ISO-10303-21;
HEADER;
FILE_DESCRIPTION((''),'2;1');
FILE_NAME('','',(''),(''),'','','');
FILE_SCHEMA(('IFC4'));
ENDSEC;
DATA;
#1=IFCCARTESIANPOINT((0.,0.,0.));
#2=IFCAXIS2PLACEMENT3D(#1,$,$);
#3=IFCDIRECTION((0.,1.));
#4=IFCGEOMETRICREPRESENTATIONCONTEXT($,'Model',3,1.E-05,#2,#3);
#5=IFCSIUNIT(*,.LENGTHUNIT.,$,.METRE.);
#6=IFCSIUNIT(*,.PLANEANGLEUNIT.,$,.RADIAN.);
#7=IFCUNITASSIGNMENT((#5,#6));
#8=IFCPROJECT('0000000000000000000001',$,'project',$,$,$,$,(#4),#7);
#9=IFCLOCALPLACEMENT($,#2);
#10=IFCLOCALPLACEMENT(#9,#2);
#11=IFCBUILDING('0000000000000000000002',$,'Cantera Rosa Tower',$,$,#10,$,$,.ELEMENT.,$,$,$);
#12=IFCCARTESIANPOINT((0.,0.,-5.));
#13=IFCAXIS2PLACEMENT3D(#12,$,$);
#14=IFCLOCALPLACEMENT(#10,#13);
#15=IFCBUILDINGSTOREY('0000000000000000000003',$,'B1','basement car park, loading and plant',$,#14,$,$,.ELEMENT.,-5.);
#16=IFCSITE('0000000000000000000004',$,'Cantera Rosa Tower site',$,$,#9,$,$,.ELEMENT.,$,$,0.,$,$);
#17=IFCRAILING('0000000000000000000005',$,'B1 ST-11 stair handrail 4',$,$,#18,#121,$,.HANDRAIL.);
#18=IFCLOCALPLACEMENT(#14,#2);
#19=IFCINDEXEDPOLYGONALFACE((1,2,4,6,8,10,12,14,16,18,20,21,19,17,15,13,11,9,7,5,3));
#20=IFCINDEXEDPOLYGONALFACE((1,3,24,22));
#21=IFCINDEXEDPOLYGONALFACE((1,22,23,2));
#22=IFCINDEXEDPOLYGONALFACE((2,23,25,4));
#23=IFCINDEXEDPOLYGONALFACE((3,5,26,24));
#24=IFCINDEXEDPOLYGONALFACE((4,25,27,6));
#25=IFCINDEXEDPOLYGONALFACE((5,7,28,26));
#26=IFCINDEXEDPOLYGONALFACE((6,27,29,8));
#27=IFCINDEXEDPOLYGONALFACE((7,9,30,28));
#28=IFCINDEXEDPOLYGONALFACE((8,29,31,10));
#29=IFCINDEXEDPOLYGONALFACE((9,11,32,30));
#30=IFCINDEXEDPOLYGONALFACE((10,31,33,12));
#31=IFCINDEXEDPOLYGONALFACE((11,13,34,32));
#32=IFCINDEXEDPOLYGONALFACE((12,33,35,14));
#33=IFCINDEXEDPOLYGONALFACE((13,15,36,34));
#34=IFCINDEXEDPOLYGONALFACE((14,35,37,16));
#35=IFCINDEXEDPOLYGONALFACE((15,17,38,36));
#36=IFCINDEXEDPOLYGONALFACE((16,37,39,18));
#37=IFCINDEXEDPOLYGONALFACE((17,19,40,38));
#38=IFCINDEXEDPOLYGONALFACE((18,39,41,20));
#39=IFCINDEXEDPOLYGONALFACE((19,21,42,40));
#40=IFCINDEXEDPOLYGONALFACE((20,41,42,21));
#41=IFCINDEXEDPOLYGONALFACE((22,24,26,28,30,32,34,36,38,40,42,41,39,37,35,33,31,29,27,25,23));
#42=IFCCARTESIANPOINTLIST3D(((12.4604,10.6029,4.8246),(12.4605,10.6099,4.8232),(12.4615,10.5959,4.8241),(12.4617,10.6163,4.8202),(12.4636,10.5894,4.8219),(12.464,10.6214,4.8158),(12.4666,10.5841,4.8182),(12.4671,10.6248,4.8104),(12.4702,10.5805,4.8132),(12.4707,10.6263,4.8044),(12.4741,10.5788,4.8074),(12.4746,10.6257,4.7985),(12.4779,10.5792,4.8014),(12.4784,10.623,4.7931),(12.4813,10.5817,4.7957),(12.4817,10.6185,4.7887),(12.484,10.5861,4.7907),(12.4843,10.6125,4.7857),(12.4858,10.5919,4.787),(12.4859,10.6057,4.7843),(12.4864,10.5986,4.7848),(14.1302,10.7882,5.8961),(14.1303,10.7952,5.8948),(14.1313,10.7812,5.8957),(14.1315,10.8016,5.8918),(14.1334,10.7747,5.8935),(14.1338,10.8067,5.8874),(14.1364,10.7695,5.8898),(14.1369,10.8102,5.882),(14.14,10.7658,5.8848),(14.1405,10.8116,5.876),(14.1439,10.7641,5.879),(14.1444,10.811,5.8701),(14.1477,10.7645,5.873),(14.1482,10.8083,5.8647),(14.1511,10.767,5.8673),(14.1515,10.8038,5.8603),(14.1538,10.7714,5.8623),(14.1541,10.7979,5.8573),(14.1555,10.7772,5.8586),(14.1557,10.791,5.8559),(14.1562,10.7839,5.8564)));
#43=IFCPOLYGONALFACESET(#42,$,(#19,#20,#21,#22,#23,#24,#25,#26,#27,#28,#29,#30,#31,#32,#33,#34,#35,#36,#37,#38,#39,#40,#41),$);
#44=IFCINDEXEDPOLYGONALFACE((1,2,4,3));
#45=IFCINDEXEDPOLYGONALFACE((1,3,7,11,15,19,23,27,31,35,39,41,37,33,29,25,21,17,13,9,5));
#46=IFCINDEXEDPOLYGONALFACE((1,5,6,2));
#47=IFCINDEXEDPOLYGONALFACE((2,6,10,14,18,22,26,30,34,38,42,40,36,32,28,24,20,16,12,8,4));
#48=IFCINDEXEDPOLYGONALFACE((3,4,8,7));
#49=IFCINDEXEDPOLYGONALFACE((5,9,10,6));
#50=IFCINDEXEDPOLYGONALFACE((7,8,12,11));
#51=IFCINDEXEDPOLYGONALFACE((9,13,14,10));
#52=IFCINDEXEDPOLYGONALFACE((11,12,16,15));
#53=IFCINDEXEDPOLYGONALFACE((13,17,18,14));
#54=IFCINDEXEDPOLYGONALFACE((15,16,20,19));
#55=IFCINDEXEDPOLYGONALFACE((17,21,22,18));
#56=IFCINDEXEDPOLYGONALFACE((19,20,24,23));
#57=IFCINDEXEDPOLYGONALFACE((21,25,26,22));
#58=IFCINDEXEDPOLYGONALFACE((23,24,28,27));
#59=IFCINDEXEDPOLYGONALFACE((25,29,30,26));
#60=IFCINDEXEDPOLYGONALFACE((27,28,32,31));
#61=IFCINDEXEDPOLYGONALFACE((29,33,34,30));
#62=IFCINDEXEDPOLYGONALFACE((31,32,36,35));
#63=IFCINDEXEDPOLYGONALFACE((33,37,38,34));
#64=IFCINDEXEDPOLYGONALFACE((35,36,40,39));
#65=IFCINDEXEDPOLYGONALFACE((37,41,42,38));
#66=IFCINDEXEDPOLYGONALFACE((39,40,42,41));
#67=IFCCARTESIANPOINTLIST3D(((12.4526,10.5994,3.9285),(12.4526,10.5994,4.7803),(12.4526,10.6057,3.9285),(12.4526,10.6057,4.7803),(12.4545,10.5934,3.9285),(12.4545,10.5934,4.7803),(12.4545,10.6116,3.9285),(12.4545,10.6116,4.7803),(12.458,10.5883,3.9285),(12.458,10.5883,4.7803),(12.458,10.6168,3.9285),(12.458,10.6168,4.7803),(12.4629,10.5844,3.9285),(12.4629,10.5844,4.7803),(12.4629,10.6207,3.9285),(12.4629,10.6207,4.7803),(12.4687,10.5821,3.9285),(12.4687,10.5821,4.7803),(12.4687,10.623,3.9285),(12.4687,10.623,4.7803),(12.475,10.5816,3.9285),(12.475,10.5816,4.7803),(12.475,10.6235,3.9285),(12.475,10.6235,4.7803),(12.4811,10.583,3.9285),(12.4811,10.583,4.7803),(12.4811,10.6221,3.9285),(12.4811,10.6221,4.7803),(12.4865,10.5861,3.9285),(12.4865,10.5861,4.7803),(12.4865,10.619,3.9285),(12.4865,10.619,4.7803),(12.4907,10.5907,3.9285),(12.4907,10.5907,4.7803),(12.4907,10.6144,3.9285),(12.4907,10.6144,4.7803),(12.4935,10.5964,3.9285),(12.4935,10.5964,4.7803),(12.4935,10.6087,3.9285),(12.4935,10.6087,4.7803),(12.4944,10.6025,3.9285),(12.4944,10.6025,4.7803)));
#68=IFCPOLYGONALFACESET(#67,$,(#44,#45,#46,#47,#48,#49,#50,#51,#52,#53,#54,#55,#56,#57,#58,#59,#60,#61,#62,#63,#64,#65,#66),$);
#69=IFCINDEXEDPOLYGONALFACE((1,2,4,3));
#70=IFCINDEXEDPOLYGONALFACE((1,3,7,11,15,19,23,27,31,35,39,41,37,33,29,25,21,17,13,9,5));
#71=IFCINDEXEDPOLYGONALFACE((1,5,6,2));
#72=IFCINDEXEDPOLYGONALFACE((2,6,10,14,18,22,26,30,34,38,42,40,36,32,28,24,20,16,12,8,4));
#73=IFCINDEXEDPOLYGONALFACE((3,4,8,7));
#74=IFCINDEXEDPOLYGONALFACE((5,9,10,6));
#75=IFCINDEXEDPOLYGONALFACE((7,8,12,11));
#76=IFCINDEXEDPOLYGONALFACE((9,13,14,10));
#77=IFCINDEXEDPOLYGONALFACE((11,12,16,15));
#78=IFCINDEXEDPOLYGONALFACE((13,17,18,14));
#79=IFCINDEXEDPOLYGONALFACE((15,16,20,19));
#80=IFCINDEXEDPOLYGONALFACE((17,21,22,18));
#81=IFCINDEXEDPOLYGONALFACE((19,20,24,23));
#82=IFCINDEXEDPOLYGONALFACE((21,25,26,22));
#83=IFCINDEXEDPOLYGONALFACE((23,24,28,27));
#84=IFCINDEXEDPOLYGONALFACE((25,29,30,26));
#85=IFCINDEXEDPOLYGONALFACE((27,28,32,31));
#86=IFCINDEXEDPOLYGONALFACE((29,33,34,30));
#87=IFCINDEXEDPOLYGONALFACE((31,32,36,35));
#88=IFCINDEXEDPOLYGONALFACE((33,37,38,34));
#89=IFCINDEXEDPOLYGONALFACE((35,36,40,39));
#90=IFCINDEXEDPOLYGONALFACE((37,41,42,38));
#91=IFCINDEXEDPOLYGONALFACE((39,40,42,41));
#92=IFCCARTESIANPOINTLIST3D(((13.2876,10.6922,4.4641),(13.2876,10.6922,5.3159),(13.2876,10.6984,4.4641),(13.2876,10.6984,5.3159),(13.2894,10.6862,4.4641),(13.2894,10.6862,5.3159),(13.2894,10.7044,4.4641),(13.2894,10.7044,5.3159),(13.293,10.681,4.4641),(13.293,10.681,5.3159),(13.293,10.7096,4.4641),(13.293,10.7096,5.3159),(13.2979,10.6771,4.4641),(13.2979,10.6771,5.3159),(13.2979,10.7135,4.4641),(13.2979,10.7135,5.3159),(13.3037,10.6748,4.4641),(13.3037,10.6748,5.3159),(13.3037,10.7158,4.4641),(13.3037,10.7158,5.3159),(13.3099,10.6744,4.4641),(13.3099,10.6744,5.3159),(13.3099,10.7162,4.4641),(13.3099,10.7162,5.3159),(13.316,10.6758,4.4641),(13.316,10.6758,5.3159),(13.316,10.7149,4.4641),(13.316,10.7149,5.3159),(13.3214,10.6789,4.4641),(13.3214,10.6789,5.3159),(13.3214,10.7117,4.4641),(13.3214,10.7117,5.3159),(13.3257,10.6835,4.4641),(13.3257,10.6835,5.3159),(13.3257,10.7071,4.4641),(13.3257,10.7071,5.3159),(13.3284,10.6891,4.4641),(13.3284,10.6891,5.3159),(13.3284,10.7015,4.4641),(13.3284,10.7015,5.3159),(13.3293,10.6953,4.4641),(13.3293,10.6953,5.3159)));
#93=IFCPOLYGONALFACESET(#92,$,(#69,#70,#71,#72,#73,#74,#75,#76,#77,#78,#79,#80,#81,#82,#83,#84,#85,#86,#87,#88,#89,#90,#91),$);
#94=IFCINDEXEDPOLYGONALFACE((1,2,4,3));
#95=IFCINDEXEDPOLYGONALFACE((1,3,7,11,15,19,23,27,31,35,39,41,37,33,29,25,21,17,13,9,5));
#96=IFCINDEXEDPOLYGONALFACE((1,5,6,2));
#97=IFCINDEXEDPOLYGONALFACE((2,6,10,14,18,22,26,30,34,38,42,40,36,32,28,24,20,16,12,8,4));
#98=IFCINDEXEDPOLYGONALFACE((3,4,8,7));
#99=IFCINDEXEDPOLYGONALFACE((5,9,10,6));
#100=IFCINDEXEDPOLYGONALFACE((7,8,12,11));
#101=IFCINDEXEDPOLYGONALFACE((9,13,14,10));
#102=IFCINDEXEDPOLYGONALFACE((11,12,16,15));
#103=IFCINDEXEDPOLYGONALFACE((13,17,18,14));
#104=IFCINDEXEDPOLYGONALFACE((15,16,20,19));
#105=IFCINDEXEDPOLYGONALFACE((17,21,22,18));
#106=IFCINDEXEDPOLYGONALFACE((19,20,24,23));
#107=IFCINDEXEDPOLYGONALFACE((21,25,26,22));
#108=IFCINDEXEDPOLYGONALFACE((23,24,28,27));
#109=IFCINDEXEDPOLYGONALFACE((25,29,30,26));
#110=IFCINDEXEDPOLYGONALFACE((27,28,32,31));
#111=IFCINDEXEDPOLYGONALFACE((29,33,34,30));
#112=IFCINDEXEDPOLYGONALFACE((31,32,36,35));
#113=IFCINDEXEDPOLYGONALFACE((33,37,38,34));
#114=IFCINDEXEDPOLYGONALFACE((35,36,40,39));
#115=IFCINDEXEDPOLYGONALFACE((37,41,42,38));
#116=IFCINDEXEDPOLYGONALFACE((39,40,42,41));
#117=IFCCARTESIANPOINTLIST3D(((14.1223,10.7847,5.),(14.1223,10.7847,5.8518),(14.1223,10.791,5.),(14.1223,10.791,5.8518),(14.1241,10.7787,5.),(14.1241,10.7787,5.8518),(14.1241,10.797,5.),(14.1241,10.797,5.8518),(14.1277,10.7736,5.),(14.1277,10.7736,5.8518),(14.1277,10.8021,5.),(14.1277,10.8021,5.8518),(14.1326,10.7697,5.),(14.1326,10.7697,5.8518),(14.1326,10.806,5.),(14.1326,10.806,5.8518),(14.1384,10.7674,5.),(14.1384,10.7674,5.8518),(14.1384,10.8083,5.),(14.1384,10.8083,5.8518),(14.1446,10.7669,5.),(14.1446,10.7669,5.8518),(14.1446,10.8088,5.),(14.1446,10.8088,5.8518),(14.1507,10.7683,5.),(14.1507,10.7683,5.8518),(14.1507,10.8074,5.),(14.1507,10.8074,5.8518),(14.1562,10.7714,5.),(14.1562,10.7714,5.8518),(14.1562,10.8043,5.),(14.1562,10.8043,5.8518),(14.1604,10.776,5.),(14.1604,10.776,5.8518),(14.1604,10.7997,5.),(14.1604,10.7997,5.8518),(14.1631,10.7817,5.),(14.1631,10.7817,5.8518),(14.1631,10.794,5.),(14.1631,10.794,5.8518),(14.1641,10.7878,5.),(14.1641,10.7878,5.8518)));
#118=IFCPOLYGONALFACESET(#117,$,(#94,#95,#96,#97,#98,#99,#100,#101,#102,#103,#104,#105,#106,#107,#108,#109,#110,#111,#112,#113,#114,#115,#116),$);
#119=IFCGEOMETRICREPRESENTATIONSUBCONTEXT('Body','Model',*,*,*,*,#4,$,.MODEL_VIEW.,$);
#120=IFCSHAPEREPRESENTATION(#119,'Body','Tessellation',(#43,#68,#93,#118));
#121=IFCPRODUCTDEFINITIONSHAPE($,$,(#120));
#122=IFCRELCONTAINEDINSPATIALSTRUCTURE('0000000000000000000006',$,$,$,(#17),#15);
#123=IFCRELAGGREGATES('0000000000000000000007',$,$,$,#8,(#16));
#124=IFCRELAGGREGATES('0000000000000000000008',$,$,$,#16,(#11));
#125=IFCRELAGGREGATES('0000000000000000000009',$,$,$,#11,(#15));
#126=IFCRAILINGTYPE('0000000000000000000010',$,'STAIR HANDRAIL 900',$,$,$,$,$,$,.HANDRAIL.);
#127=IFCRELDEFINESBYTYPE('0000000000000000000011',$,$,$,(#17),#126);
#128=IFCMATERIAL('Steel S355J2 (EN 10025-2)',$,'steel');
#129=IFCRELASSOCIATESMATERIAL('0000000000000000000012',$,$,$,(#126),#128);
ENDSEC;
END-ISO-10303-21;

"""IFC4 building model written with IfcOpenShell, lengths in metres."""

from ifc_helpers import new_model, si_unit, direction, frame, origin, origin_2d, place, context, subcontext, project, spatial, circle, extrude, material, type_object, element, save


model = new_model("IFC4")

# Units and contexts
model_context = context("Model", 3, precision=1e-05, world=origin(), true_north=direction((0.0, 1.0)))
body_context = subcontext(model_context, "Body", "Model", "MODEL_VIEW")
ifc_project = project(units=[si_unit("LENGTHUNIT", "METRE"), si_unit("PLANEANGLEUNIT", "RADIAN")], contexts=[model_context])

# Site, building, storey
site_placement = place(None, origin())
site = spatial("IfcSite", under=ifc_project, at=site_placement, Name="Cantera Rosa Tower site", CompositionType="ELEMENT", RefElevation=0.0)
building_placement = place(site_placement, origin())
building = spatial("IfcBuilding", under=site, at=building_placement, Name="Cantera Rosa Tower", CompositionType="ELEMENT")
storey_placement = place(building_placement, frame((0.0, 0.0, -5.0)))
storey = spatial("IfcBuildingStorey", under=building, at=storey_placement, Name="B1", Description="basement car park, loading and plant", CompositionType="ELEMENT", Elevation=-5.0)

# Railing
ifc_material_1 = material(Name="Steel S355J2 (EN 10025-2)", Category="steel")
railing_type_1 = type_object("IfcRailingType", Name="STAIR HANDRAIL 900", PredefinedType="HANDRAIL", material=ifc_material_1)
for number, where, name in (
    (1, (12.4734, 10.6025, 3.9285), "B1 ST-11 stair handrail 4"),
):
    element("IfcRailing", number, at=place(storey_placement, frame(where)), inside=storey, type_object=railing_type_1, Name=name, PredefinedType="HANDRAIL", context=body_context, shape_type="SweptSolid", body=[
        extrude(circle(Radius=0.0239, at=origin_2d()), frame((0.0, 0.0, 0.876), z_axis=(0.837951, 0.092997, 0.537764), x_axis=(-0.110304, 0.993898, 0.0)), (0.0, 0.0, 1.0), 1.9927),
        extrude(circle(Radius=0.021, at=origin_2d()), origin(), (0.0, 0.0, 1.0), 0.8518),
        extrude(circle(Radius=0.021, at=origin_2d()), frame((0.835, 0.0928, 0.5356)), (0.0, 0.0, 1.0), 0.8518),
        extrude(circle(Radius=0.021, at=origin_2d()), frame((1.6697, 0.1853, 1.0715)), (0.0, 0.0, 1.0), 0.8518),
    ])

save(model, "model.ifc")
